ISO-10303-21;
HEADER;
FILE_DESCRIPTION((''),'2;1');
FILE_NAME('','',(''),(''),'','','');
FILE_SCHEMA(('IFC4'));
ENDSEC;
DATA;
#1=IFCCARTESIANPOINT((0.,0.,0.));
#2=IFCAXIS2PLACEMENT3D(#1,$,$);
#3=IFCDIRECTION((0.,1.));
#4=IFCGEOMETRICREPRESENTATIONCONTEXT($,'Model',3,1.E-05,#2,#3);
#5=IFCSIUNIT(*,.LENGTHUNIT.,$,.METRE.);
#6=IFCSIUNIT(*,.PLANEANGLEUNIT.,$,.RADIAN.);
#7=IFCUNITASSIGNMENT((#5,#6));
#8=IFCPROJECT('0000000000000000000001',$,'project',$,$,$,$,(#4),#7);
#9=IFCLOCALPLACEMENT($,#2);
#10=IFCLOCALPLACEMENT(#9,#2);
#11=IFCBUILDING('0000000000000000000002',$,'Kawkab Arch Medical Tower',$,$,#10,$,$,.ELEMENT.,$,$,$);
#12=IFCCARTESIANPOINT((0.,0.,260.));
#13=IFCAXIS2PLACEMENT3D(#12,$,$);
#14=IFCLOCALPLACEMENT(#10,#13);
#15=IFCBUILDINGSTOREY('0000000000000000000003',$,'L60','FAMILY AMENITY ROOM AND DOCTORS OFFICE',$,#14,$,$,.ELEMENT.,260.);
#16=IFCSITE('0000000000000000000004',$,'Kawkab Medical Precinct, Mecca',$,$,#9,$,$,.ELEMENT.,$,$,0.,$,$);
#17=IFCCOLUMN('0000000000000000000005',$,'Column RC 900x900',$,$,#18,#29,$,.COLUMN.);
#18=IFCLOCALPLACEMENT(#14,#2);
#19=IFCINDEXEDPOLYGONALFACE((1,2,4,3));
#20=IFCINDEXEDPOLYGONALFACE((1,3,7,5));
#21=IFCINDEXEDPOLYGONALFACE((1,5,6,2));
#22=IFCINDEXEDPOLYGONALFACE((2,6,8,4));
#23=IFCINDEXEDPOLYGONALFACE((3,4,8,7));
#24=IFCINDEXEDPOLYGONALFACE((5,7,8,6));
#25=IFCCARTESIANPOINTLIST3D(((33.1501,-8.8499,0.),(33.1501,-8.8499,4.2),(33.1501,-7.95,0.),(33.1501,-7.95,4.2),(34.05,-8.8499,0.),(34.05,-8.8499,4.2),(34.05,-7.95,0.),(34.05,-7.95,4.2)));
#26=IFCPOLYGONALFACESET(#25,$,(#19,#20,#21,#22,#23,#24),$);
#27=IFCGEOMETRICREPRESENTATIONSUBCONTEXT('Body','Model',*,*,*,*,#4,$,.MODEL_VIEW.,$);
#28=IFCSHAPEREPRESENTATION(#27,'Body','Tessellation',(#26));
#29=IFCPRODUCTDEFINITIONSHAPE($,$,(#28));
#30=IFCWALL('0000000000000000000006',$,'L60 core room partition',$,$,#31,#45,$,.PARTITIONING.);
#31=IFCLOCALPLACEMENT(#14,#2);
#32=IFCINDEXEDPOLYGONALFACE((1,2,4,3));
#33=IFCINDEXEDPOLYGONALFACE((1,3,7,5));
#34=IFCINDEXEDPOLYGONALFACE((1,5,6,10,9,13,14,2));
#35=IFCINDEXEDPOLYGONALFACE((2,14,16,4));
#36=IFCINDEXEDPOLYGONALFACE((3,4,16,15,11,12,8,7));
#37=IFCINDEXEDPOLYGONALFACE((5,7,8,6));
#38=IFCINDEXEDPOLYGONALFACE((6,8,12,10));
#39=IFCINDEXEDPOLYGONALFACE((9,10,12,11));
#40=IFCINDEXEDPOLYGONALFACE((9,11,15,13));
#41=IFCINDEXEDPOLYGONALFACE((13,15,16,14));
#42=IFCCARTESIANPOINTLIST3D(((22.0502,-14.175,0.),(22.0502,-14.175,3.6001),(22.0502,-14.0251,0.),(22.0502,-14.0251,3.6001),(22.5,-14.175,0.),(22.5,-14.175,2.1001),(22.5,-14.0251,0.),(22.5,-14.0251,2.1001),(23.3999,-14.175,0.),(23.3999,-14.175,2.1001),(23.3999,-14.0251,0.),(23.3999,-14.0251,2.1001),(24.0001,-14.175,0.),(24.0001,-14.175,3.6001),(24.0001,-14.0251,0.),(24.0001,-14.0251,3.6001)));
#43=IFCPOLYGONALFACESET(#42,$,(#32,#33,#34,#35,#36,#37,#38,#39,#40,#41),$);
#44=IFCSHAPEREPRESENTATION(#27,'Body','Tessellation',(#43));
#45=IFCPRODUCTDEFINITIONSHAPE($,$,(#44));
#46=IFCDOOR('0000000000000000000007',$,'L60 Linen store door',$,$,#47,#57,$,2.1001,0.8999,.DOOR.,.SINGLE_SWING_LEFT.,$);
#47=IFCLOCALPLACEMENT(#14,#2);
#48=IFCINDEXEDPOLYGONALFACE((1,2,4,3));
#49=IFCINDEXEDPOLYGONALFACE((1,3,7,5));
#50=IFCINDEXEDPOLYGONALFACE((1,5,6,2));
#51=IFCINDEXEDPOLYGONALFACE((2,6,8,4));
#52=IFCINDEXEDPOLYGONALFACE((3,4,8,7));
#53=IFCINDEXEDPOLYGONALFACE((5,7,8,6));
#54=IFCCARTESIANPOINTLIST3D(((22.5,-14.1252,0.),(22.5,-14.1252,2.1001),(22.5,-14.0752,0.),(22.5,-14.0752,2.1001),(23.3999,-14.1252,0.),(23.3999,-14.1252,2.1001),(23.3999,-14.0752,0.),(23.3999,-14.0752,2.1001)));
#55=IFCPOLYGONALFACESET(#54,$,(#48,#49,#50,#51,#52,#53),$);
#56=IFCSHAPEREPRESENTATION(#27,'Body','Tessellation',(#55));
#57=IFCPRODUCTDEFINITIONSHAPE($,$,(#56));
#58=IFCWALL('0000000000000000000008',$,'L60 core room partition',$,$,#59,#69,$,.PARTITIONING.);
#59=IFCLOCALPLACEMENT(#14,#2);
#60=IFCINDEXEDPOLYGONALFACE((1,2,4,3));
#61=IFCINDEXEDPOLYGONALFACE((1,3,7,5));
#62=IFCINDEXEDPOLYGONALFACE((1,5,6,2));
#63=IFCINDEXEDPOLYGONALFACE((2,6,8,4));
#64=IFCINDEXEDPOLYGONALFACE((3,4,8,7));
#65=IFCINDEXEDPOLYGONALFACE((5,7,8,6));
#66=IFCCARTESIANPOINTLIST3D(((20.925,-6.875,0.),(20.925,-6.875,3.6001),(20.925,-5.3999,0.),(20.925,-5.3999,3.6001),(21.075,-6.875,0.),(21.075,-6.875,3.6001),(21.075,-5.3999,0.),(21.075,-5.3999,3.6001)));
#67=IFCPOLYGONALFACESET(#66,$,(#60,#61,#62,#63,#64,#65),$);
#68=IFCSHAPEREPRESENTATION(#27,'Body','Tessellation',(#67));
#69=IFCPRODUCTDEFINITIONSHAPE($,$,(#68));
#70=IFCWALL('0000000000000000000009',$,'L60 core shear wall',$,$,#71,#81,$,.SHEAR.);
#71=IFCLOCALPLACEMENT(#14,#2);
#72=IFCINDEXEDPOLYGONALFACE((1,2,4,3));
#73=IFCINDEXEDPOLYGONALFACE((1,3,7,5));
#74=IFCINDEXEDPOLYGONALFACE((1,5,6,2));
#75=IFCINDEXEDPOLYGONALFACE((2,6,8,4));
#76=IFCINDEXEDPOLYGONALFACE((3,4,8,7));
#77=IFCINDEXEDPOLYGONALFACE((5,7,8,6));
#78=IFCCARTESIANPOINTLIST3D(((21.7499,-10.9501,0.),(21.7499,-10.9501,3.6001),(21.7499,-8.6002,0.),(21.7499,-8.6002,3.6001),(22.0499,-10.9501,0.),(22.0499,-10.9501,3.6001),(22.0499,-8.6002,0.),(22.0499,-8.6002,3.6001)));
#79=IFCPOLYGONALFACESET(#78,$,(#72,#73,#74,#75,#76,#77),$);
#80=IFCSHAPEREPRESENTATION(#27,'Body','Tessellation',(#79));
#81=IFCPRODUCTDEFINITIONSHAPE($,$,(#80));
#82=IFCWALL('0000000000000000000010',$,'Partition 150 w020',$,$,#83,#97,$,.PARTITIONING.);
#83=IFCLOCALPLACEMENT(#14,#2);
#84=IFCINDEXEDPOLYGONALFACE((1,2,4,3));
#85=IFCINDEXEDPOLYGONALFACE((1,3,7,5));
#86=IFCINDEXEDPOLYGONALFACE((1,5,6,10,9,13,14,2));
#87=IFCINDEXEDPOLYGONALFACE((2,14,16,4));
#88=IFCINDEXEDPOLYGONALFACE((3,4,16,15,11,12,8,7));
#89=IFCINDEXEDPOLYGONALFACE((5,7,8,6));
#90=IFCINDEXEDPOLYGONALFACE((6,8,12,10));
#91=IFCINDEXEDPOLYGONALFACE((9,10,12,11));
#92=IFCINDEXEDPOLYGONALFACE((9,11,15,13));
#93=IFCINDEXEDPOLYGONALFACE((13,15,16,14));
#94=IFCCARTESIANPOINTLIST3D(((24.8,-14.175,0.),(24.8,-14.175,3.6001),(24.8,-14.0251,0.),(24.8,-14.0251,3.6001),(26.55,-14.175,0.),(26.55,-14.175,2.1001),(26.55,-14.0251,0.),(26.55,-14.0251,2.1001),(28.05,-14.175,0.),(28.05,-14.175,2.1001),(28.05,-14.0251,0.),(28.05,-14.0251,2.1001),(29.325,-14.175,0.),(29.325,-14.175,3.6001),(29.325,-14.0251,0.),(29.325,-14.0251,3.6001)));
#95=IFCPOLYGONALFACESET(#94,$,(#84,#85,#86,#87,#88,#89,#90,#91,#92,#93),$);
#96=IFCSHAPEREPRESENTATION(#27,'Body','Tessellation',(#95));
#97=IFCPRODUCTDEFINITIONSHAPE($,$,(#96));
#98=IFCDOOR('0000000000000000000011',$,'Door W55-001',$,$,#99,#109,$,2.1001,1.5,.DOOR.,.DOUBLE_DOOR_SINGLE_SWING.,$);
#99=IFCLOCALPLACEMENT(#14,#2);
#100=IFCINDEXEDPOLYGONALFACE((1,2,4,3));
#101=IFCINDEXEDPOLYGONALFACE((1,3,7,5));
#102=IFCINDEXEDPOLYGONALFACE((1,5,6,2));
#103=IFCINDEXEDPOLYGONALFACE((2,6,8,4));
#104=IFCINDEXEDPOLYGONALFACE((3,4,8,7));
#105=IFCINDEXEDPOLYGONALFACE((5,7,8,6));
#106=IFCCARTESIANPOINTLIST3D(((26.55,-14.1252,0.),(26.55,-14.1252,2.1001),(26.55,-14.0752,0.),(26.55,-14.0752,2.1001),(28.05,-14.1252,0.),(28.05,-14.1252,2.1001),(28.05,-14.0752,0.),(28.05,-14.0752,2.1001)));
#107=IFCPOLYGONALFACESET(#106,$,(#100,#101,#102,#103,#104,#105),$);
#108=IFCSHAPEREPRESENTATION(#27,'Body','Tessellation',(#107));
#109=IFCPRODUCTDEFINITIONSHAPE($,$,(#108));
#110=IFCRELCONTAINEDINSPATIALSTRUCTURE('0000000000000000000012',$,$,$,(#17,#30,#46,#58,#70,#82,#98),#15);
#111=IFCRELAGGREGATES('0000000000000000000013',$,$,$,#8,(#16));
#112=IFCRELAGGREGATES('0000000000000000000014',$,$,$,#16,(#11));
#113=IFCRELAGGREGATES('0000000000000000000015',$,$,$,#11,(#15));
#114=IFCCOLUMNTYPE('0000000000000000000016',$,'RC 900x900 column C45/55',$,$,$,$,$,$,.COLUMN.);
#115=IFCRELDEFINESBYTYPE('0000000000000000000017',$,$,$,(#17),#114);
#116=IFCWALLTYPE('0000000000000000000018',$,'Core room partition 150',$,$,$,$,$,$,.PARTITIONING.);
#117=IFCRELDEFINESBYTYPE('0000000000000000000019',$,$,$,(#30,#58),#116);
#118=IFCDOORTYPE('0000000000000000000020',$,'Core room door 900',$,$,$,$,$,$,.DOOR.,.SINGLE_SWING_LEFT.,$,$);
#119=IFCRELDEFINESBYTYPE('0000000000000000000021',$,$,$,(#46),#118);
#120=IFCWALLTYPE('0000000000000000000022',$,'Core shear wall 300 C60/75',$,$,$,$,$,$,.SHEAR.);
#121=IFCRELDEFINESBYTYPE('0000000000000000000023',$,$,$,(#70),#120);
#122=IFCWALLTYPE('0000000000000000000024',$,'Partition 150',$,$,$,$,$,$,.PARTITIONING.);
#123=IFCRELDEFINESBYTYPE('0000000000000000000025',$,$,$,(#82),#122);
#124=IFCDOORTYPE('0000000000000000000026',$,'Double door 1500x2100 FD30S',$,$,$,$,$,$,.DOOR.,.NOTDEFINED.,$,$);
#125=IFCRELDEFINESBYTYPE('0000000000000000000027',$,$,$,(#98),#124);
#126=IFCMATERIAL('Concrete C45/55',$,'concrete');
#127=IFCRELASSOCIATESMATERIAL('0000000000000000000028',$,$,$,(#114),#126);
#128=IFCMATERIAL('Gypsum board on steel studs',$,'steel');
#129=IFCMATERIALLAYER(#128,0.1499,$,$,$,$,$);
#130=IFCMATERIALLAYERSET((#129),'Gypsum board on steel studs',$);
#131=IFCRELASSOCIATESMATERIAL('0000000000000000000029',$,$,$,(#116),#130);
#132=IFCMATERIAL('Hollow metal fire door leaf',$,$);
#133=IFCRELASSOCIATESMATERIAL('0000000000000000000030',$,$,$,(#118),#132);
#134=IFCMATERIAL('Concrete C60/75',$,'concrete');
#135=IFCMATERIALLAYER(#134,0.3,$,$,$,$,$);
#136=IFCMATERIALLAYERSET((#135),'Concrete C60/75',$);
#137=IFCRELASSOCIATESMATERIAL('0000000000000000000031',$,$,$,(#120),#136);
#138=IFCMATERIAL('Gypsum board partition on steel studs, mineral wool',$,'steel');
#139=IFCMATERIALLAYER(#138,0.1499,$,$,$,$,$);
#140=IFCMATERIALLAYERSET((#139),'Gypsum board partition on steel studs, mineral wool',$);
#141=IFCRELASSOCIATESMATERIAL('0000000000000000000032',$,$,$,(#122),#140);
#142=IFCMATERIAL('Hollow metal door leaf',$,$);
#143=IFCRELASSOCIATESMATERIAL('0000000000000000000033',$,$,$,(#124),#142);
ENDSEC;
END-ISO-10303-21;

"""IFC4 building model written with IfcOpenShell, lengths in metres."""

from ifc_helpers import new_model, si_unit, direction, frame, frame_2d, origin, origin_2d, place, context, subcontext, project, spatial, rectangle, extrude, material, layer, layer_set, material_profile, profile_set, type_object, element, fill, save


model = new_model("IFC4")

# Units and contexts
model_context = context("Model", 3, precision=1e-05, world=origin(), true_north=direction((0.0, 1.0)))
body_context = subcontext(model_context, "Body", "Model", "MODEL_VIEW")
ifc_project = project(units=[si_unit("LENGTHUNIT", "METRE"), si_unit("PLANEANGLEUNIT", "RADIAN")], contexts=[model_context])

# Site, building, storey
site_placement = place(None, origin())
site = spatial("IfcSite", under=ifc_project, at=site_placement, Name="Kawkab Medical Precinct, Mecca", CompositionType="ELEMENT", RefElevation=0.0)
building_placement = place(site_placement, origin())
building = spatial("IfcBuilding", under=site, at=building_placement, Name="Kawkab Arch Medical Tower", CompositionType="ELEMENT")
storey_placement = place(building_placement, frame((0.0, 0.0, 260.0)))
storey = spatial("IfcBuildingStorey", under=building, at=storey_placement, Name="L60", Description="FAMILY AMENITY ROOM AND DOCTORS OFFICE", CompositionType="ELEMENT", Elevation=260.0)

# Column
ifc_material_1 = material(Name="Concrete C45/55", Category="concrete")
ifc_material_profile = material_profile(ifc_material_1, rectangle(XDim=0.8999, YDim=0.8999, at=origin_2d()), Name="RC 900x900")
ifc_profile_set = profile_set([ifc_material_profile], Name="Concrete C45/55")
column_type = type_object("IfcColumnType", Name="RC 900x900 column C45/55", PredefinedType="COLUMN", material=ifc_profile_set)
column_placement = place(storey_placement, frame((33.6001, -8.3999, 0.0), z_axis=(0.0, 0.0, 1.0), x_axis=(1.0, 0.0, 0.0)))
element("IfcColumn", 1, at=column_placement, inside=storey, type_object=column_type, Name="Column RC 900x900", PredefinedType="COLUMN", context=body_context, shape_type="SweptSolid", body=[
    extrude(rectangle(XDim=0.8999, YDim=0.8999, at=origin_2d()), origin(), (0.0, 0.0, 1.0), 4.2),
])

# Wall, opening, door
ifc_material_2 = material(Name="Gypsum board on steel studs", Category="steel")
ifc_layer_1 = layer(ifc_material_2, 0.1499)
ifc_layer_set_1 = layer_set([ifc_layer_1], Name="Gypsum board on steel studs")
wall_type_1 = type_object("IfcWallType", Name="Core room partition 150", PredefinedType="PARTITIONING", material=ifc_layer_set_1)
wall_1_placement = place(storey_placement, frame((22.05, -14.1001, 0.0), z_axis=(0.0, 0.0, 1.0), x_axis=(1.0, 0.0, 0.0)))
wall_1 = element("IfcWall", 2, at=wall_1_placement, inside=storey, type_object=wall_type_1, Name="L60 core room partition", PredefinedType="PARTITIONING", context=body_context, shape_type="SweptSolid", body=[
    extrude(rectangle(XDim=1.95, YDim=0.1499, at=frame_2d((0.9751, 0.0))), origin(), (0.0, 0.0, 1.0), 3.6001),
])
opening_1_placement = place(wall_1_placement, frame((0.45, 0.0, 0.0)))
opening_1 = element("IfcOpeningElement", 3, at=opening_1_placement, cuts=wall_1, PredefinedType="OPENING", context=body_context, shape_type="SweptSolid", body=[
    extrude(rectangle(XDim=0.8999, YDim=2.1001, at=frame_2d((0.45, 1.05))), frame((0.0, 0.085, 0.0), z_axis=(0.0, -1.0, 0.0), x_axis=(1.0, 0.0, 0.0)), (0.0, 0.0, 1.0), 0.1699),
])
ifc_material_3 = material(Name="Hollow metal fire door leaf")
door_type_1 = type_object("IfcDoorType", Name="Core room door 900", OperationType="SINGLE_SWING_LEFT", PredefinedType="DOOR", material=ifc_material_3)
door_1_placement = place(opening_1_placement, origin())
door_1 = element("IfcDoor", 4, at=door_1_placement, inside=storey, type_object=door_type_1, Name="L60 Linen store door", OperationType="SINGLE_SWING_LEFT", OverallHeight=2.1001, OverallWidth=0.8999, PredefinedType="DOOR", context=body_context, shape_type="SweptSolid", body=[
    extrude(rectangle(XDim=0.8999, YDim=2.1001, at=frame_2d((0.45, 1.05))), frame((0.0, 0.0249, 0.0), z_axis=(0.0, -1.0, 0.0), x_axis=(1.0, 0.0, 0.0)), (0.0, 0.0, 1.0), 0.05),
])
fill(opening_1, door_1)

# Walls
wall_2_placement = place(storey_placement, frame((21.0, -6.875, 0.0), z_axis=(0.0, 0.0, 1.0), x_axis=(0.0, 1.0, 0.0)))
element("IfcWall", 5, at=wall_2_placement, inside=storey, type_object=wall_type_1, Name="L60 core room partition", PredefinedType="PARTITIONING", context=body_context, shape_type="SweptSolid", body=[
    extrude(rectangle(XDim=1.4751, YDim=0.1499, at=frame_2d((0.7375, 0.0))), origin(), (0.0, 0.0, 1.0), 3.6001),
])
ifc_material_4 = material(Name="Concrete C60/75", Category="concrete")
ifc_layer_2 = layer(ifc_material_4, 0.3)
ifc_layer_set_2 = layer_set([ifc_layer_2], Name="Concrete C60/75")
wall_type_2 = type_object("IfcWallType", Name="Core shear wall 300 C60/75", PredefinedType="SHEAR", material=ifc_layer_set_2)
wall_3_placement = place(storey_placement, frame((21.8999, -10.95, 0.0), z_axis=(0.0, 0.0, 1.0), x_axis=(0.0, 1.0, 0.0)))
element("IfcWall", 6, at=wall_3_placement, inside=storey, type_object=wall_type_2, Name="L60 core shear wall", PredefinedType="SHEAR", context=body_context, shape_type="SweptSolid", body=[
    extrude(rectangle(XDim=2.3499, YDim=0.3, at=frame_2d((1.1748, 0.0))), origin(), (0.0, 0.0, 1.0), 3.6001),
])

# Wall, opening, door
ifc_material_5 = material(Name="Gypsum board partition on steel studs, mineral wool", Category="steel")
ifc_layer_3 = layer(ifc_material_5, 0.1499)
ifc_layer_set_3 = layer_set([ifc_layer_3], Name="Gypsum board partition on steel studs, mineral wool")
wall_type_3 = type_object("IfcWallType", Name="Partition 150", PredefinedType="PARTITIONING", material=ifc_layer_set_3)
wall_4_placement = place(storey_placement, frame((24.8, -14.1001, 0.0), z_axis=(0.0, 0.0, 1.0), x_axis=(1.0, 0.0, 0.0)))
wall_4 = element("IfcWall", 7, at=wall_4_placement, inside=storey, type_object=wall_type_3, Name="Partition 150 w020", PredefinedType="PARTITIONING", context=body_context, shape_type="SweptSolid", body=[
    extrude(rectangle(XDim=4.5249, YDim=0.1499, at=frame_2d((2.2625, 0.0))), origin(), (0.0, 0.0, 1.0), 3.6001),
])
opening_2_placement = place(wall_4_placement, frame((1.75, 0.0, 0.0)))
opening_2 = element("IfcOpeningElement", 8, at=opening_2_placement, cuts=wall_4, PredefinedType="OPENING", context=body_context, shape_type="SweptSolid", body=[
    extrude(rectangle(XDim=1.5, YDim=2.1001, at=frame_2d((0.75, 1.05))), frame((0.0, 0.085, 0.0), z_axis=(0.0, -1.0, 0.0), x_axis=(1.0, 0.0, 0.0)), (0.0, 0.0, 1.0), 0.1699),
])
ifc_material_6 = material(Name="Hollow metal door leaf")
door_type_2 = type_object("IfcDoorType", Name="Double door 1500x2100 FD30S", OperationType="NOTDEFINED", PredefinedType="DOOR", material=ifc_material_6)
door_2_placement = place(opening_2_placement, origin())
door_2 = element("IfcDoor", 9, at=door_2_placement, inside=storey, type_object=door_type_2, Name="Door W55-001", OperationType="DOUBLE_DOOR_SINGLE_SWING", OverallHeight=2.1001, OverallWidth=1.5, PredefinedType="DOOR", context=body_context, shape_type="SweptSolid", body=[
    extrude(rectangle(XDim=1.5, YDim=2.1001, at=frame_2d((0.75, 1.05))), frame((0.0, 0.0249, 0.0), z_axis=(0.0, -1.0, 0.0), x_axis=(1.0, 0.0, 0.0)), (0.0, 0.0, 1.0), 0.05),
])
fill(opening_2, door_2)

save(model, "model.ifc")
